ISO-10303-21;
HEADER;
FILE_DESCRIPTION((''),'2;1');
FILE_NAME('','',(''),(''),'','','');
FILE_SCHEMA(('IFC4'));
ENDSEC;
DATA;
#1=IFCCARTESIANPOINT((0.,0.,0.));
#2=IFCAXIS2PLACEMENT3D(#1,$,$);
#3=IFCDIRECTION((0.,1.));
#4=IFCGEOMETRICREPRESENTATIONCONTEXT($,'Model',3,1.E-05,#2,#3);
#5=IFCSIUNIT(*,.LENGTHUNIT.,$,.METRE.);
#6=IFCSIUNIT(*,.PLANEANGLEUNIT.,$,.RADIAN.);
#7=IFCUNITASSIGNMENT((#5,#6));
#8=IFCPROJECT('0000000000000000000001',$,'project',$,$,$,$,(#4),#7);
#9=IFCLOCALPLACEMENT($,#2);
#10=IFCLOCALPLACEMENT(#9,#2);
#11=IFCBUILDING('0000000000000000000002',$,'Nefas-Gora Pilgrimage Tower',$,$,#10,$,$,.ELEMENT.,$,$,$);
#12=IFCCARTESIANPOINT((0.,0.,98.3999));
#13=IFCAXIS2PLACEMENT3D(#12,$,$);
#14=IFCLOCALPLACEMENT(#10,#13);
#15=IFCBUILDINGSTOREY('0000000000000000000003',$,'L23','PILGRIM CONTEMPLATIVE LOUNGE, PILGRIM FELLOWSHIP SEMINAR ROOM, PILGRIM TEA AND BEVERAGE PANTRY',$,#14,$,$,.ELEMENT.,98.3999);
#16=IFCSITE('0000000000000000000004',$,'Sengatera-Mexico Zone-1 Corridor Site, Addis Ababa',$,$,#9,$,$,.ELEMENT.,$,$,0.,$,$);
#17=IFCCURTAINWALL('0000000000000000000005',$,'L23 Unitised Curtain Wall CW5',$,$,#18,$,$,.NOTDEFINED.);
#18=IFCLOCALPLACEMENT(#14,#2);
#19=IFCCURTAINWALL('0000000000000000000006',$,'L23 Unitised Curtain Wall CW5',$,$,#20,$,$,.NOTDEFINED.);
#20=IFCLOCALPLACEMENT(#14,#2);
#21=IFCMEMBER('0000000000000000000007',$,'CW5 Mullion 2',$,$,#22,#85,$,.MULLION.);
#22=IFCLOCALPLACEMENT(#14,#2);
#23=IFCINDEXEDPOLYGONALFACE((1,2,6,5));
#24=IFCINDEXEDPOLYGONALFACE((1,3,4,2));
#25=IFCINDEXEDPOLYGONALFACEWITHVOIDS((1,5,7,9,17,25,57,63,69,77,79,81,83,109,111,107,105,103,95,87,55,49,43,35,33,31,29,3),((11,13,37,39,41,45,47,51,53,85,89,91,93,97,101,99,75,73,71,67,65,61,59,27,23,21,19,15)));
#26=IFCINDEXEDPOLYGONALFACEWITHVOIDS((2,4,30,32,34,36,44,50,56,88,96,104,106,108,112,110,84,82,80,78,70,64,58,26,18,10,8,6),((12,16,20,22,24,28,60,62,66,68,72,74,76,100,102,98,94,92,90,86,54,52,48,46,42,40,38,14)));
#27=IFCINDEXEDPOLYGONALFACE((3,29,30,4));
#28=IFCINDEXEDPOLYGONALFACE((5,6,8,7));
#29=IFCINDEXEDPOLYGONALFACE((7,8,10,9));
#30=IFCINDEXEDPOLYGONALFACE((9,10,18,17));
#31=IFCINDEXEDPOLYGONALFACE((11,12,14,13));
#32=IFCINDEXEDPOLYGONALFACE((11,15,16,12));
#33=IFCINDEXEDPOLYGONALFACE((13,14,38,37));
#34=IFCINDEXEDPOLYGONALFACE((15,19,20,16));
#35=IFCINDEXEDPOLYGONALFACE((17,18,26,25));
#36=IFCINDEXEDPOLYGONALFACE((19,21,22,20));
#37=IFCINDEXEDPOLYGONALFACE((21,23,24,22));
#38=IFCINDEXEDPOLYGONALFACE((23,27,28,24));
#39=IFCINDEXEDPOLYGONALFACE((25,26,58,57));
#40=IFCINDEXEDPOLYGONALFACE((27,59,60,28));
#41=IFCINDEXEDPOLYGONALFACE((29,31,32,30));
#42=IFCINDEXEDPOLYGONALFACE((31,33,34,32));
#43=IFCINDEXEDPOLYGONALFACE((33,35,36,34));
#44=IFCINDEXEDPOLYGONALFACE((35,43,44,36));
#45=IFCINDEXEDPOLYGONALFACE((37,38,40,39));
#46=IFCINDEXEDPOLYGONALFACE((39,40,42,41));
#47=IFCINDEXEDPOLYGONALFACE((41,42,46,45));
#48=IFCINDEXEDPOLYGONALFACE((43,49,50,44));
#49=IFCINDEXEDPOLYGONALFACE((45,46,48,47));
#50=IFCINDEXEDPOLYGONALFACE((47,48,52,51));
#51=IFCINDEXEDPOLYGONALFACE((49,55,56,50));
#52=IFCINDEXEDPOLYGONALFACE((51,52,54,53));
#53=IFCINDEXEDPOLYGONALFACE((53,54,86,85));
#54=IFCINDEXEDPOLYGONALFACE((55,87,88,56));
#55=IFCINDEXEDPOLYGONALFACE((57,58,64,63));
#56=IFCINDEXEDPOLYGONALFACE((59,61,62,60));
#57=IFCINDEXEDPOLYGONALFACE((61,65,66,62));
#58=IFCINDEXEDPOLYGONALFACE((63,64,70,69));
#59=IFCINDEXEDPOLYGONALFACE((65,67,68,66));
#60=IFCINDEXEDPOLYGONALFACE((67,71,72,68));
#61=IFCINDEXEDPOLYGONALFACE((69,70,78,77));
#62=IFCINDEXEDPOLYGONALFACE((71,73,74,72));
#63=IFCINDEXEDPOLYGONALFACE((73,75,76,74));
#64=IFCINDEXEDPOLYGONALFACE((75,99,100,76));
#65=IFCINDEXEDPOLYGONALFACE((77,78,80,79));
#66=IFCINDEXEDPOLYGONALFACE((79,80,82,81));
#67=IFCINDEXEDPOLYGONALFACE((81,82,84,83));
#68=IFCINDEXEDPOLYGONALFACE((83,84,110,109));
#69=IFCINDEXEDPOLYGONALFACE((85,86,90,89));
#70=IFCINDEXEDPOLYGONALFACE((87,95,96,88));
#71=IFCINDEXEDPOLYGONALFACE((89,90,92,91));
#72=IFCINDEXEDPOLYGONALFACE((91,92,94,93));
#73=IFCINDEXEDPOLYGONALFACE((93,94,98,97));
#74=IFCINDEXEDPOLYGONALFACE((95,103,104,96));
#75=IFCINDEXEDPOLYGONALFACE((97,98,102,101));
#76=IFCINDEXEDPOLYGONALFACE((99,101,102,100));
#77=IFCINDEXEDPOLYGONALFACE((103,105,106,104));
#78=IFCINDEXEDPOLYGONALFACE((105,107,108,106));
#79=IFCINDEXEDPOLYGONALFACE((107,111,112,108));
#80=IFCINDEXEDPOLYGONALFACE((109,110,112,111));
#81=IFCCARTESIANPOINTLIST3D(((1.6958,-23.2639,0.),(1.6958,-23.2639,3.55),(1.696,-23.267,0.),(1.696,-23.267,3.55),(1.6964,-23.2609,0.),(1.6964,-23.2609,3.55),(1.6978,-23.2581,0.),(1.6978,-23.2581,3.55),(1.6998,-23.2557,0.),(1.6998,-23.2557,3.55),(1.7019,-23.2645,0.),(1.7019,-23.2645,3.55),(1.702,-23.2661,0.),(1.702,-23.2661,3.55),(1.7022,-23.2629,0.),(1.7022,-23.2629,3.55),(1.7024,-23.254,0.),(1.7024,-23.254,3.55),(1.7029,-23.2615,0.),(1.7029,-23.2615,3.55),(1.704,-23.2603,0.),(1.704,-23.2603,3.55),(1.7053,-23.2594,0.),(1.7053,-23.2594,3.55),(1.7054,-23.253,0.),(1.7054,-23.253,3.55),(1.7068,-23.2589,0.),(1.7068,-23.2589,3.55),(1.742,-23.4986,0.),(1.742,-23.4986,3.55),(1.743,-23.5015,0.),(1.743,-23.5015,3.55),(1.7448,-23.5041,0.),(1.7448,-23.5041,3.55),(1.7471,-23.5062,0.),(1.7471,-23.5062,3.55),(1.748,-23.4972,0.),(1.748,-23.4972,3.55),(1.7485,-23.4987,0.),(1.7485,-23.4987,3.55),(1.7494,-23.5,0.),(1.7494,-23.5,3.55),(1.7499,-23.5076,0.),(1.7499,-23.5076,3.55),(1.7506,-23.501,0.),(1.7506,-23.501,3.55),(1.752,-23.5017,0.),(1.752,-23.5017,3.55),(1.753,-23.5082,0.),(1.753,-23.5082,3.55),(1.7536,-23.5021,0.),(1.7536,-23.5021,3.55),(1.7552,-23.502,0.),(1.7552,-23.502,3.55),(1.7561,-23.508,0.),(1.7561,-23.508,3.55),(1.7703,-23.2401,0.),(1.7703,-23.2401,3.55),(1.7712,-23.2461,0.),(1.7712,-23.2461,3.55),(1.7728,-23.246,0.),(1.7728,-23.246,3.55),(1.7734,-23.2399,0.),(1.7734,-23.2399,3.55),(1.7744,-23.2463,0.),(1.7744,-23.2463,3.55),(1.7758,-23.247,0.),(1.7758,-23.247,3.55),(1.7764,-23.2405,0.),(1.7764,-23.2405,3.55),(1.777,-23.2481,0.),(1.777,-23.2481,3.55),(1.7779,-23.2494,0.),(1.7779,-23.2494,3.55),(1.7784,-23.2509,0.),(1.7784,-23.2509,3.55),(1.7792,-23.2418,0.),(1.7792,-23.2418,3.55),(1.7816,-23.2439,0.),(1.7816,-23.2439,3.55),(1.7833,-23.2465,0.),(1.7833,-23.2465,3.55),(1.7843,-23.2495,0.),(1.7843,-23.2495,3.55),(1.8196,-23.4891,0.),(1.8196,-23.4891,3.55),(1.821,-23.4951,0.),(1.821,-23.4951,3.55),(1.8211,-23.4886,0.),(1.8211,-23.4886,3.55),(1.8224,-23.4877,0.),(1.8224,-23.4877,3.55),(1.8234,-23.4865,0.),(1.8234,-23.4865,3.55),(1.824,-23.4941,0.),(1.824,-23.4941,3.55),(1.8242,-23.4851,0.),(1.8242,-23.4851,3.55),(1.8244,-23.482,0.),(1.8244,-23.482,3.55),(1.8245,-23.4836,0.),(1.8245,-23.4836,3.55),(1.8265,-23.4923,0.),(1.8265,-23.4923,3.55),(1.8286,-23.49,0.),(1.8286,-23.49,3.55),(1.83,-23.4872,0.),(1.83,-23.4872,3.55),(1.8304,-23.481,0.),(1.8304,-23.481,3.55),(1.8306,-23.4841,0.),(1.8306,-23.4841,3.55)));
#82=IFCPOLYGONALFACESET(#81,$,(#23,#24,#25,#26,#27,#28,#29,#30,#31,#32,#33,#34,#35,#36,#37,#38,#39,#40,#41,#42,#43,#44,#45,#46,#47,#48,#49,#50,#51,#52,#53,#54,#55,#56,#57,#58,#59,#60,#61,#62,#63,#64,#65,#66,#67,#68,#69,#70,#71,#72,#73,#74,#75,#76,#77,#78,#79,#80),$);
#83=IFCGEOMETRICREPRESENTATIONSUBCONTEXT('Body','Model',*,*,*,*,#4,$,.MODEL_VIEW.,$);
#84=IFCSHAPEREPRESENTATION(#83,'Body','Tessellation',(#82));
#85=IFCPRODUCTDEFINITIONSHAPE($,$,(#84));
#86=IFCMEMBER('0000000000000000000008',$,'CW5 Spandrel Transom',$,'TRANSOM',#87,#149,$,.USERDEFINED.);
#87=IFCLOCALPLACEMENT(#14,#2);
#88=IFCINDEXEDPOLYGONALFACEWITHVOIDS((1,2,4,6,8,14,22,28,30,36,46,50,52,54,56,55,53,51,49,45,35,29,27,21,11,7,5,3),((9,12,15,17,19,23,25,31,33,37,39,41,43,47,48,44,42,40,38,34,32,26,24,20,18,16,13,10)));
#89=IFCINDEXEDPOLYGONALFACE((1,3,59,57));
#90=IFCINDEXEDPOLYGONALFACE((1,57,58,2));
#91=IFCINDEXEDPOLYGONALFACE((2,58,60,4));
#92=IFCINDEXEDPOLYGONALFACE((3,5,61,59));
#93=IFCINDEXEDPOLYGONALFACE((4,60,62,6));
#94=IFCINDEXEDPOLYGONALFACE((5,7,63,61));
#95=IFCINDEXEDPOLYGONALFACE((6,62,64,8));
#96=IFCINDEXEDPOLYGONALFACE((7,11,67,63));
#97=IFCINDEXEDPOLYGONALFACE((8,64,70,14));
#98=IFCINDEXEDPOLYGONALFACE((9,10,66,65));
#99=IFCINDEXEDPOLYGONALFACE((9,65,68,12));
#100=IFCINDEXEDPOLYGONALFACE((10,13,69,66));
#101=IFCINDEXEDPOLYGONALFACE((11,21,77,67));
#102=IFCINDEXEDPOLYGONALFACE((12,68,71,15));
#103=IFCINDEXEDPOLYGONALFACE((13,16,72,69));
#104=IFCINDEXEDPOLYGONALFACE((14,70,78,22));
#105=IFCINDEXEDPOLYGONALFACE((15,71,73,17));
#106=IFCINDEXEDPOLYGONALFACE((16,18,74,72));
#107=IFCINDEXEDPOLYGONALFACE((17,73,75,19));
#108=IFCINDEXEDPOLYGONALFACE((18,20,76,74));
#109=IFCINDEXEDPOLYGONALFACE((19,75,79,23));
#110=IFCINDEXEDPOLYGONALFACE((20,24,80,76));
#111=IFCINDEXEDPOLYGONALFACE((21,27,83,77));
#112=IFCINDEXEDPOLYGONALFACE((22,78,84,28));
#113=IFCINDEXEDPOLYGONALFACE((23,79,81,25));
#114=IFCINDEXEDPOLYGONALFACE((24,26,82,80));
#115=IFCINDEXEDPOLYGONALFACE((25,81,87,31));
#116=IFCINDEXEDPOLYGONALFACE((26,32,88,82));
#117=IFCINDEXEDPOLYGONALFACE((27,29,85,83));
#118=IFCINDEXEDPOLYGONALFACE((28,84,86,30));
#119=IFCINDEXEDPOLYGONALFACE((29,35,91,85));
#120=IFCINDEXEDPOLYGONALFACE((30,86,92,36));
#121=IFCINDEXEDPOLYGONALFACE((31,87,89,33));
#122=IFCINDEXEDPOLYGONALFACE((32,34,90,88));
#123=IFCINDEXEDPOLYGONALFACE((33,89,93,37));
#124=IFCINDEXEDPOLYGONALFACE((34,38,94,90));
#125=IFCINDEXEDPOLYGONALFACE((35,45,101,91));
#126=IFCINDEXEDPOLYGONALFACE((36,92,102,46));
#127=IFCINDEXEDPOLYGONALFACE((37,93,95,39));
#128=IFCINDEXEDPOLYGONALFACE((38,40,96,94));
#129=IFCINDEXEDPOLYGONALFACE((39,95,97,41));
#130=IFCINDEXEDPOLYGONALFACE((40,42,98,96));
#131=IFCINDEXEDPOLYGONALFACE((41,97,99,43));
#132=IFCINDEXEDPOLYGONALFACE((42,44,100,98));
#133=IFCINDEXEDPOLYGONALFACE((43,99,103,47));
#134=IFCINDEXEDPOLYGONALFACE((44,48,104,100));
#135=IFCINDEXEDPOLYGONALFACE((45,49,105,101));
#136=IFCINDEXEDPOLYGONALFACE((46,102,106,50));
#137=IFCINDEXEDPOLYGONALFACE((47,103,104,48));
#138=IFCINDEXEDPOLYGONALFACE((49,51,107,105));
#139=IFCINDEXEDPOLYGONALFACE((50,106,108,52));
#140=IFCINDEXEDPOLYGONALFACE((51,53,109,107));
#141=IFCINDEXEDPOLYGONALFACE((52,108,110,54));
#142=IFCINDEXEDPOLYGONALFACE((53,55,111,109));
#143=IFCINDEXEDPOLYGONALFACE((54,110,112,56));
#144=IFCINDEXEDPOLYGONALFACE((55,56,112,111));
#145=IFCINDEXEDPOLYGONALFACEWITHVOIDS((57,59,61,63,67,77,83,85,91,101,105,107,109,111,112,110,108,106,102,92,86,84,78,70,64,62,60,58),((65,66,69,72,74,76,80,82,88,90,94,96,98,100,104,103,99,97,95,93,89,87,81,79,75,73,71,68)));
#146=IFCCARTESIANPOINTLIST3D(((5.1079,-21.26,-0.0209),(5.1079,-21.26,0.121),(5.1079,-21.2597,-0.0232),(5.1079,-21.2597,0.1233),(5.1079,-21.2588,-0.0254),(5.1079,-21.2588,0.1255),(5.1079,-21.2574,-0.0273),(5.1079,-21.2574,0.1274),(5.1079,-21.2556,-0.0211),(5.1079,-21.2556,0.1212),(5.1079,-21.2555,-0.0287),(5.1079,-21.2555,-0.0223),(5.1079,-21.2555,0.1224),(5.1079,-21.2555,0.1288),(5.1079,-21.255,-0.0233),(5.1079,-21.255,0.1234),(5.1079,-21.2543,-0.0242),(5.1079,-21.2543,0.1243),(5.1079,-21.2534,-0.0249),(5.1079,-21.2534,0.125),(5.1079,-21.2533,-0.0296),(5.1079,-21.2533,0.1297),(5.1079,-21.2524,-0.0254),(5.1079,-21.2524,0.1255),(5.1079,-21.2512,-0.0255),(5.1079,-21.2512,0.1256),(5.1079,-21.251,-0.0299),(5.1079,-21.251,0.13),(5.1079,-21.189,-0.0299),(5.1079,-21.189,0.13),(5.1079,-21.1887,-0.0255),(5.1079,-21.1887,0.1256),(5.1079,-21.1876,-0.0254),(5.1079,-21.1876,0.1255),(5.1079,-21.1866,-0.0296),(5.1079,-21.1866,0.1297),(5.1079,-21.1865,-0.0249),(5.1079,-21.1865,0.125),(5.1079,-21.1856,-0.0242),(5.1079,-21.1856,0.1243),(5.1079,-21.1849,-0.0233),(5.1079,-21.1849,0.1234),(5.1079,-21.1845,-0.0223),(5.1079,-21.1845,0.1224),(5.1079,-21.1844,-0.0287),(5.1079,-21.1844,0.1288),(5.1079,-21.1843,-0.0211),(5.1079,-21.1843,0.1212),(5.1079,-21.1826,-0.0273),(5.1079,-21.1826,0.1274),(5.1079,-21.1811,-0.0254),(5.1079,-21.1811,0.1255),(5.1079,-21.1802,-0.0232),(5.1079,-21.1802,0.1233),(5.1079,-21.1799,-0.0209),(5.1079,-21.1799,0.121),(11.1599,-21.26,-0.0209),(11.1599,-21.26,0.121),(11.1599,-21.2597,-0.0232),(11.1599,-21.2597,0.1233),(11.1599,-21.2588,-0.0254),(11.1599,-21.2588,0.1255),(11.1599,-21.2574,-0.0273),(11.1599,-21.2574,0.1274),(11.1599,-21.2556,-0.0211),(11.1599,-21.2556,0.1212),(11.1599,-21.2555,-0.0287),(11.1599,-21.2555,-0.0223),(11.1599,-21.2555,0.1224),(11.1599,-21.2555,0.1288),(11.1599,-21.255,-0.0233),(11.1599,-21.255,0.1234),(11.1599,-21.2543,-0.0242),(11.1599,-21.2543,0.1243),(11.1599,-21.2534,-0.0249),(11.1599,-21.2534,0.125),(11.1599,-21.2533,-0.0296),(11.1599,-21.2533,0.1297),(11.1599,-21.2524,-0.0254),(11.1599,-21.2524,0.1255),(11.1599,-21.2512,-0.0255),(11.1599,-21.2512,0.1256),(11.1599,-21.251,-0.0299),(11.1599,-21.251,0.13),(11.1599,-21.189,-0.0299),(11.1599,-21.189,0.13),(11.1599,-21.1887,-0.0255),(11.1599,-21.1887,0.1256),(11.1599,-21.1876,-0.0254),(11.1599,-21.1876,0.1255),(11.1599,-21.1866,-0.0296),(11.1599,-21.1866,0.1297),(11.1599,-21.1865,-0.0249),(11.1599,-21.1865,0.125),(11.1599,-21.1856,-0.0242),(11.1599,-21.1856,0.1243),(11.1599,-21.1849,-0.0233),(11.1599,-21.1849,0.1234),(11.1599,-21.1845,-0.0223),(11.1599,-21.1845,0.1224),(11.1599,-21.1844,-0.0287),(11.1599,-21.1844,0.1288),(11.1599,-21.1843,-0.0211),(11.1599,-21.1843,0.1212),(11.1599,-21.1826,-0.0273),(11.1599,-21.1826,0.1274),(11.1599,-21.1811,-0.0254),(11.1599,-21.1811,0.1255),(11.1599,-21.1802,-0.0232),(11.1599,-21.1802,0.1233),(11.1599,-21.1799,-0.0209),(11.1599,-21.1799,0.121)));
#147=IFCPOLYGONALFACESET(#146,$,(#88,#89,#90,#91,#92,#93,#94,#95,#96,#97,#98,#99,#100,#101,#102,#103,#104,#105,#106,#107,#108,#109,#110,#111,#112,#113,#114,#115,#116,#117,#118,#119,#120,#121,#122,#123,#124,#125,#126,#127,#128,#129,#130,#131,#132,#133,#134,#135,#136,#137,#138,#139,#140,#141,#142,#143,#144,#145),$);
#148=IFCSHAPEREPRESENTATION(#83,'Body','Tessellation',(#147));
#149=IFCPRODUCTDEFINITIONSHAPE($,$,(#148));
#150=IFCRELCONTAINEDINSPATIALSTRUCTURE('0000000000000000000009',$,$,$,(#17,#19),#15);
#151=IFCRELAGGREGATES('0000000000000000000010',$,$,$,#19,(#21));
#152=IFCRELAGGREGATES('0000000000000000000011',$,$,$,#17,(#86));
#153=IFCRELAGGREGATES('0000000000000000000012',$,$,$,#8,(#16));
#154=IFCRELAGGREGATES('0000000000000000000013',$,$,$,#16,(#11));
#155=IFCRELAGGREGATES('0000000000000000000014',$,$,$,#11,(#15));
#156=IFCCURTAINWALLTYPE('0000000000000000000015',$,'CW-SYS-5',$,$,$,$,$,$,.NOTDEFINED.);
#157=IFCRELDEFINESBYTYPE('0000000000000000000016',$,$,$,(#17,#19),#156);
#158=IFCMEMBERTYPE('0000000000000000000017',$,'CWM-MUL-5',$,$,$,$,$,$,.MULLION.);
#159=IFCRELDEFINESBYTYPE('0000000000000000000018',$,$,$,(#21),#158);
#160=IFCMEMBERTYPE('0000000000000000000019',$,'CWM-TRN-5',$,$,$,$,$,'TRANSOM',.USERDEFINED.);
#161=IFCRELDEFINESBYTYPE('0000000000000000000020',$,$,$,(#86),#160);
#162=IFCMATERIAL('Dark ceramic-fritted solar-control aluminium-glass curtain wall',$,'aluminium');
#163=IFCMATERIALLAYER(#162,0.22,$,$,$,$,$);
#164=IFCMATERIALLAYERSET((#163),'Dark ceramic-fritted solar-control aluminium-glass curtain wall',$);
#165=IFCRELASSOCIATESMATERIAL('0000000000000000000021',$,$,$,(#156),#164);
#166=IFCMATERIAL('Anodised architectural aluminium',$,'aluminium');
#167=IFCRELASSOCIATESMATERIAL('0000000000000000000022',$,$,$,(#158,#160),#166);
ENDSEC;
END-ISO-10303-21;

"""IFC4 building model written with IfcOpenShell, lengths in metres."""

from ifc_helpers import new_model, si_unit, direction, frame, origin, origin_2d, place, context, subcontext, project, spatial, hollow_rectangle, extrude, source, transform, mapped, material, layer, layer_set, material_profile, profile_set, type_object, element, aggregate, save


model = new_model("IFC4")

# Units and contexts
model_context = context("Model", 3, precision=1e-05, world=origin(), true_north=direction((0.0, 1.0)))
body_context = subcontext(model_context, "Body", "Model", "MODEL_VIEW")
ifc_project = project(units=[si_unit("LENGTHUNIT", "METRE"), si_unit("PLANEANGLEUNIT", "RADIAN")], contexts=[model_context])

# Site, building, storey
site_placement = place(None, origin())
site = spatial("IfcSite", under=ifc_project, at=site_placement, Name="Sengatera-Mexico Zone-1 Corridor Site, Addis Ababa", CompositionType="ELEMENT", RefElevation=0.0)
building_placement = place(site_placement, origin())
building = spatial("IfcBuilding", under=site, at=building_placement, Name="Nefas-Gora Pilgrimage Tower", CompositionType="ELEMENT")
storey_placement = place(building_placement, frame((0.0, 0.0, 98.3999)))
storey = spatial("IfcBuildingStorey", under=building, at=storey_placement, Name="L23", Description="PILGRIM CONTEMPLATIVE LOUNGE, PILGRIM FELLOWSHIP SEMINAR ROOM, PILGRIM TEA AND BEVERAGE PANTRY", CompositionType="ELEMENT", Elevation=98.3999)

# Curtain wall
ifc_material_1 = material(Name="Dark ceramic-fritted solar-control aluminium-glass curtain wall", Category="aluminium")
ifc_layer_1 = layer(ifc_material_1, 0.22)
ifc_layer_set_1 = layer_set([ifc_layer_1], Name="Dark ceramic-fritted solar-control aluminium-glass curtain wall")
curtain_wall_type_1 = type_object("IfcCurtainWallType", Name="CW-SYS-5", PredefinedType="NOTDEFINED", material=ifc_layer_set_1)
curtain_wall_1_placement = place(storey_placement, origin())
curtain_wall_1 = element("IfcCurtainWall", 1, at=curtain_wall_1_placement, inside=storey, type_object=curtain_wall_type_1, Name="L23 Unitised Curtain Wall CW5", PredefinedType="NOTDEFINED")
ifc_material_2 = material(Name="Anodised architectural aluminium", Category="aluminium")
ifc_material_profile_1 = material_profile(ifc_material_2, hollow_rectangle(XDim=0.0901, YDim=0.26, WallThickness=0.0061, InnerFilletRadius=0.0061, OuterFilletRadius=0.012, at=origin_2d()), Name="ALU MULLION 90x260")
ifc_profile_set_1 = profile_set([ifc_material_profile_1], Name="Anodised architectural aluminium")
member_type_1 = type_object("IfcMemberType", Name="CWM-MUL-5", PredefinedType="MULLION", material=ifc_profile_set_1)
shared_shape_1 = source(origin(), body_context, "Body", "SweptSolid", [
    extrude(hollow_rectangle(XDim=0.0901, YDim=0.26, WallThickness=0.0061, InnerFilletRadius=0.0061, OuterFilletRadius=0.012, at=origin_2d()), origin(), (0.0, 0.0, 1.0), 3.55),
])

# Curtain wall, member
curtain_wall_2_placement = place(storey_placement, origin())
curtain_wall_2 = element("IfcCurtainWall", 2, at=curtain_wall_2_placement, inside=storey, type_object=curtain_wall_type_1, Name="L23 Unitised Curtain Wall CW5", PredefinedType="NOTDEFINED")
member_1_placement = place(storey_placement, frame((1.7632, -23.374, 0.0), z_axis=(0.0, 0.0, 1.0), x_axis=(0.980783, 0.195102, 0.0)))
member_1 = element("IfcMember", 3, at=member_1_placement, type_object=member_type_1, Name="CW5 Mullion 2", PredefinedType="MULLION", context=body_context, shape_type="MappedRepresentation", body=[
    mapped(shared_shape_1, transform((0.0, 0.0, 0.0), x_axis=(1.0, 0.0, 0.0), y_axis=(0.0, 1.0, 0.0), z_axis=(0.0, 0.0, 1.0), scale=1.0)),
])
aggregate(curtain_wall_2, [member_1])

# Member
ifc_material_profile_2 = material_profile(ifc_material_2, hollow_rectangle(XDim=0.0801, YDim=0.1599, WallThickness=0.0044, InnerFilletRadius=0.0044, OuterFilletRadius=0.009, at=origin_2d()), Name="ALU TRANSOM 80x160")
ifc_profile_set_2 = profile_set([ifc_material_profile_2], Name="Anodised architectural aluminium")
member_type_2 = type_object("IfcMemberType", Name="CWM-TRN-5", ElementType="TRANSOM", PredefinedType="USERDEFINED", material=ifc_profile_set_2)
shared_shape_2 = source(origin(), body_context, "Body", "SweptSolid", [
    extrude(hollow_rectangle(XDim=0.0801, YDim=0.1599, WallThickness=0.0044, InnerFilletRadius=0.0044, OuterFilletRadius=0.009, at=origin_2d()), origin(), (0.0, 0.0, 1.0), 6.052),
])
member_2_placement = place(storey_placement, frame((5.1079, -21.22, 0.05), z_axis=(1.0, 0.0, 0.0), x_axis=(0.0, 1.0, 0.0)))
member_2 = element("IfcMember", 4, at=member_2_placement, type_object=member_type_2, Name="CW5 Spandrel Transom", ObjectType="TRANSOM", PredefinedType="USERDEFINED", context=body_context, shape_type="MappedRepresentation", body=[
    mapped(shared_shape_2, transform((0.0, 0.0, 0.0), x_axis=(1.0, 0.0, 0.0), y_axis=(0.0, 1.0, 0.0), z_axis=(0.0, 0.0, 1.0), scale=1.0)),
])

aggregate(curtain_wall_1, [member_2])

save(model, "model.ifc")
